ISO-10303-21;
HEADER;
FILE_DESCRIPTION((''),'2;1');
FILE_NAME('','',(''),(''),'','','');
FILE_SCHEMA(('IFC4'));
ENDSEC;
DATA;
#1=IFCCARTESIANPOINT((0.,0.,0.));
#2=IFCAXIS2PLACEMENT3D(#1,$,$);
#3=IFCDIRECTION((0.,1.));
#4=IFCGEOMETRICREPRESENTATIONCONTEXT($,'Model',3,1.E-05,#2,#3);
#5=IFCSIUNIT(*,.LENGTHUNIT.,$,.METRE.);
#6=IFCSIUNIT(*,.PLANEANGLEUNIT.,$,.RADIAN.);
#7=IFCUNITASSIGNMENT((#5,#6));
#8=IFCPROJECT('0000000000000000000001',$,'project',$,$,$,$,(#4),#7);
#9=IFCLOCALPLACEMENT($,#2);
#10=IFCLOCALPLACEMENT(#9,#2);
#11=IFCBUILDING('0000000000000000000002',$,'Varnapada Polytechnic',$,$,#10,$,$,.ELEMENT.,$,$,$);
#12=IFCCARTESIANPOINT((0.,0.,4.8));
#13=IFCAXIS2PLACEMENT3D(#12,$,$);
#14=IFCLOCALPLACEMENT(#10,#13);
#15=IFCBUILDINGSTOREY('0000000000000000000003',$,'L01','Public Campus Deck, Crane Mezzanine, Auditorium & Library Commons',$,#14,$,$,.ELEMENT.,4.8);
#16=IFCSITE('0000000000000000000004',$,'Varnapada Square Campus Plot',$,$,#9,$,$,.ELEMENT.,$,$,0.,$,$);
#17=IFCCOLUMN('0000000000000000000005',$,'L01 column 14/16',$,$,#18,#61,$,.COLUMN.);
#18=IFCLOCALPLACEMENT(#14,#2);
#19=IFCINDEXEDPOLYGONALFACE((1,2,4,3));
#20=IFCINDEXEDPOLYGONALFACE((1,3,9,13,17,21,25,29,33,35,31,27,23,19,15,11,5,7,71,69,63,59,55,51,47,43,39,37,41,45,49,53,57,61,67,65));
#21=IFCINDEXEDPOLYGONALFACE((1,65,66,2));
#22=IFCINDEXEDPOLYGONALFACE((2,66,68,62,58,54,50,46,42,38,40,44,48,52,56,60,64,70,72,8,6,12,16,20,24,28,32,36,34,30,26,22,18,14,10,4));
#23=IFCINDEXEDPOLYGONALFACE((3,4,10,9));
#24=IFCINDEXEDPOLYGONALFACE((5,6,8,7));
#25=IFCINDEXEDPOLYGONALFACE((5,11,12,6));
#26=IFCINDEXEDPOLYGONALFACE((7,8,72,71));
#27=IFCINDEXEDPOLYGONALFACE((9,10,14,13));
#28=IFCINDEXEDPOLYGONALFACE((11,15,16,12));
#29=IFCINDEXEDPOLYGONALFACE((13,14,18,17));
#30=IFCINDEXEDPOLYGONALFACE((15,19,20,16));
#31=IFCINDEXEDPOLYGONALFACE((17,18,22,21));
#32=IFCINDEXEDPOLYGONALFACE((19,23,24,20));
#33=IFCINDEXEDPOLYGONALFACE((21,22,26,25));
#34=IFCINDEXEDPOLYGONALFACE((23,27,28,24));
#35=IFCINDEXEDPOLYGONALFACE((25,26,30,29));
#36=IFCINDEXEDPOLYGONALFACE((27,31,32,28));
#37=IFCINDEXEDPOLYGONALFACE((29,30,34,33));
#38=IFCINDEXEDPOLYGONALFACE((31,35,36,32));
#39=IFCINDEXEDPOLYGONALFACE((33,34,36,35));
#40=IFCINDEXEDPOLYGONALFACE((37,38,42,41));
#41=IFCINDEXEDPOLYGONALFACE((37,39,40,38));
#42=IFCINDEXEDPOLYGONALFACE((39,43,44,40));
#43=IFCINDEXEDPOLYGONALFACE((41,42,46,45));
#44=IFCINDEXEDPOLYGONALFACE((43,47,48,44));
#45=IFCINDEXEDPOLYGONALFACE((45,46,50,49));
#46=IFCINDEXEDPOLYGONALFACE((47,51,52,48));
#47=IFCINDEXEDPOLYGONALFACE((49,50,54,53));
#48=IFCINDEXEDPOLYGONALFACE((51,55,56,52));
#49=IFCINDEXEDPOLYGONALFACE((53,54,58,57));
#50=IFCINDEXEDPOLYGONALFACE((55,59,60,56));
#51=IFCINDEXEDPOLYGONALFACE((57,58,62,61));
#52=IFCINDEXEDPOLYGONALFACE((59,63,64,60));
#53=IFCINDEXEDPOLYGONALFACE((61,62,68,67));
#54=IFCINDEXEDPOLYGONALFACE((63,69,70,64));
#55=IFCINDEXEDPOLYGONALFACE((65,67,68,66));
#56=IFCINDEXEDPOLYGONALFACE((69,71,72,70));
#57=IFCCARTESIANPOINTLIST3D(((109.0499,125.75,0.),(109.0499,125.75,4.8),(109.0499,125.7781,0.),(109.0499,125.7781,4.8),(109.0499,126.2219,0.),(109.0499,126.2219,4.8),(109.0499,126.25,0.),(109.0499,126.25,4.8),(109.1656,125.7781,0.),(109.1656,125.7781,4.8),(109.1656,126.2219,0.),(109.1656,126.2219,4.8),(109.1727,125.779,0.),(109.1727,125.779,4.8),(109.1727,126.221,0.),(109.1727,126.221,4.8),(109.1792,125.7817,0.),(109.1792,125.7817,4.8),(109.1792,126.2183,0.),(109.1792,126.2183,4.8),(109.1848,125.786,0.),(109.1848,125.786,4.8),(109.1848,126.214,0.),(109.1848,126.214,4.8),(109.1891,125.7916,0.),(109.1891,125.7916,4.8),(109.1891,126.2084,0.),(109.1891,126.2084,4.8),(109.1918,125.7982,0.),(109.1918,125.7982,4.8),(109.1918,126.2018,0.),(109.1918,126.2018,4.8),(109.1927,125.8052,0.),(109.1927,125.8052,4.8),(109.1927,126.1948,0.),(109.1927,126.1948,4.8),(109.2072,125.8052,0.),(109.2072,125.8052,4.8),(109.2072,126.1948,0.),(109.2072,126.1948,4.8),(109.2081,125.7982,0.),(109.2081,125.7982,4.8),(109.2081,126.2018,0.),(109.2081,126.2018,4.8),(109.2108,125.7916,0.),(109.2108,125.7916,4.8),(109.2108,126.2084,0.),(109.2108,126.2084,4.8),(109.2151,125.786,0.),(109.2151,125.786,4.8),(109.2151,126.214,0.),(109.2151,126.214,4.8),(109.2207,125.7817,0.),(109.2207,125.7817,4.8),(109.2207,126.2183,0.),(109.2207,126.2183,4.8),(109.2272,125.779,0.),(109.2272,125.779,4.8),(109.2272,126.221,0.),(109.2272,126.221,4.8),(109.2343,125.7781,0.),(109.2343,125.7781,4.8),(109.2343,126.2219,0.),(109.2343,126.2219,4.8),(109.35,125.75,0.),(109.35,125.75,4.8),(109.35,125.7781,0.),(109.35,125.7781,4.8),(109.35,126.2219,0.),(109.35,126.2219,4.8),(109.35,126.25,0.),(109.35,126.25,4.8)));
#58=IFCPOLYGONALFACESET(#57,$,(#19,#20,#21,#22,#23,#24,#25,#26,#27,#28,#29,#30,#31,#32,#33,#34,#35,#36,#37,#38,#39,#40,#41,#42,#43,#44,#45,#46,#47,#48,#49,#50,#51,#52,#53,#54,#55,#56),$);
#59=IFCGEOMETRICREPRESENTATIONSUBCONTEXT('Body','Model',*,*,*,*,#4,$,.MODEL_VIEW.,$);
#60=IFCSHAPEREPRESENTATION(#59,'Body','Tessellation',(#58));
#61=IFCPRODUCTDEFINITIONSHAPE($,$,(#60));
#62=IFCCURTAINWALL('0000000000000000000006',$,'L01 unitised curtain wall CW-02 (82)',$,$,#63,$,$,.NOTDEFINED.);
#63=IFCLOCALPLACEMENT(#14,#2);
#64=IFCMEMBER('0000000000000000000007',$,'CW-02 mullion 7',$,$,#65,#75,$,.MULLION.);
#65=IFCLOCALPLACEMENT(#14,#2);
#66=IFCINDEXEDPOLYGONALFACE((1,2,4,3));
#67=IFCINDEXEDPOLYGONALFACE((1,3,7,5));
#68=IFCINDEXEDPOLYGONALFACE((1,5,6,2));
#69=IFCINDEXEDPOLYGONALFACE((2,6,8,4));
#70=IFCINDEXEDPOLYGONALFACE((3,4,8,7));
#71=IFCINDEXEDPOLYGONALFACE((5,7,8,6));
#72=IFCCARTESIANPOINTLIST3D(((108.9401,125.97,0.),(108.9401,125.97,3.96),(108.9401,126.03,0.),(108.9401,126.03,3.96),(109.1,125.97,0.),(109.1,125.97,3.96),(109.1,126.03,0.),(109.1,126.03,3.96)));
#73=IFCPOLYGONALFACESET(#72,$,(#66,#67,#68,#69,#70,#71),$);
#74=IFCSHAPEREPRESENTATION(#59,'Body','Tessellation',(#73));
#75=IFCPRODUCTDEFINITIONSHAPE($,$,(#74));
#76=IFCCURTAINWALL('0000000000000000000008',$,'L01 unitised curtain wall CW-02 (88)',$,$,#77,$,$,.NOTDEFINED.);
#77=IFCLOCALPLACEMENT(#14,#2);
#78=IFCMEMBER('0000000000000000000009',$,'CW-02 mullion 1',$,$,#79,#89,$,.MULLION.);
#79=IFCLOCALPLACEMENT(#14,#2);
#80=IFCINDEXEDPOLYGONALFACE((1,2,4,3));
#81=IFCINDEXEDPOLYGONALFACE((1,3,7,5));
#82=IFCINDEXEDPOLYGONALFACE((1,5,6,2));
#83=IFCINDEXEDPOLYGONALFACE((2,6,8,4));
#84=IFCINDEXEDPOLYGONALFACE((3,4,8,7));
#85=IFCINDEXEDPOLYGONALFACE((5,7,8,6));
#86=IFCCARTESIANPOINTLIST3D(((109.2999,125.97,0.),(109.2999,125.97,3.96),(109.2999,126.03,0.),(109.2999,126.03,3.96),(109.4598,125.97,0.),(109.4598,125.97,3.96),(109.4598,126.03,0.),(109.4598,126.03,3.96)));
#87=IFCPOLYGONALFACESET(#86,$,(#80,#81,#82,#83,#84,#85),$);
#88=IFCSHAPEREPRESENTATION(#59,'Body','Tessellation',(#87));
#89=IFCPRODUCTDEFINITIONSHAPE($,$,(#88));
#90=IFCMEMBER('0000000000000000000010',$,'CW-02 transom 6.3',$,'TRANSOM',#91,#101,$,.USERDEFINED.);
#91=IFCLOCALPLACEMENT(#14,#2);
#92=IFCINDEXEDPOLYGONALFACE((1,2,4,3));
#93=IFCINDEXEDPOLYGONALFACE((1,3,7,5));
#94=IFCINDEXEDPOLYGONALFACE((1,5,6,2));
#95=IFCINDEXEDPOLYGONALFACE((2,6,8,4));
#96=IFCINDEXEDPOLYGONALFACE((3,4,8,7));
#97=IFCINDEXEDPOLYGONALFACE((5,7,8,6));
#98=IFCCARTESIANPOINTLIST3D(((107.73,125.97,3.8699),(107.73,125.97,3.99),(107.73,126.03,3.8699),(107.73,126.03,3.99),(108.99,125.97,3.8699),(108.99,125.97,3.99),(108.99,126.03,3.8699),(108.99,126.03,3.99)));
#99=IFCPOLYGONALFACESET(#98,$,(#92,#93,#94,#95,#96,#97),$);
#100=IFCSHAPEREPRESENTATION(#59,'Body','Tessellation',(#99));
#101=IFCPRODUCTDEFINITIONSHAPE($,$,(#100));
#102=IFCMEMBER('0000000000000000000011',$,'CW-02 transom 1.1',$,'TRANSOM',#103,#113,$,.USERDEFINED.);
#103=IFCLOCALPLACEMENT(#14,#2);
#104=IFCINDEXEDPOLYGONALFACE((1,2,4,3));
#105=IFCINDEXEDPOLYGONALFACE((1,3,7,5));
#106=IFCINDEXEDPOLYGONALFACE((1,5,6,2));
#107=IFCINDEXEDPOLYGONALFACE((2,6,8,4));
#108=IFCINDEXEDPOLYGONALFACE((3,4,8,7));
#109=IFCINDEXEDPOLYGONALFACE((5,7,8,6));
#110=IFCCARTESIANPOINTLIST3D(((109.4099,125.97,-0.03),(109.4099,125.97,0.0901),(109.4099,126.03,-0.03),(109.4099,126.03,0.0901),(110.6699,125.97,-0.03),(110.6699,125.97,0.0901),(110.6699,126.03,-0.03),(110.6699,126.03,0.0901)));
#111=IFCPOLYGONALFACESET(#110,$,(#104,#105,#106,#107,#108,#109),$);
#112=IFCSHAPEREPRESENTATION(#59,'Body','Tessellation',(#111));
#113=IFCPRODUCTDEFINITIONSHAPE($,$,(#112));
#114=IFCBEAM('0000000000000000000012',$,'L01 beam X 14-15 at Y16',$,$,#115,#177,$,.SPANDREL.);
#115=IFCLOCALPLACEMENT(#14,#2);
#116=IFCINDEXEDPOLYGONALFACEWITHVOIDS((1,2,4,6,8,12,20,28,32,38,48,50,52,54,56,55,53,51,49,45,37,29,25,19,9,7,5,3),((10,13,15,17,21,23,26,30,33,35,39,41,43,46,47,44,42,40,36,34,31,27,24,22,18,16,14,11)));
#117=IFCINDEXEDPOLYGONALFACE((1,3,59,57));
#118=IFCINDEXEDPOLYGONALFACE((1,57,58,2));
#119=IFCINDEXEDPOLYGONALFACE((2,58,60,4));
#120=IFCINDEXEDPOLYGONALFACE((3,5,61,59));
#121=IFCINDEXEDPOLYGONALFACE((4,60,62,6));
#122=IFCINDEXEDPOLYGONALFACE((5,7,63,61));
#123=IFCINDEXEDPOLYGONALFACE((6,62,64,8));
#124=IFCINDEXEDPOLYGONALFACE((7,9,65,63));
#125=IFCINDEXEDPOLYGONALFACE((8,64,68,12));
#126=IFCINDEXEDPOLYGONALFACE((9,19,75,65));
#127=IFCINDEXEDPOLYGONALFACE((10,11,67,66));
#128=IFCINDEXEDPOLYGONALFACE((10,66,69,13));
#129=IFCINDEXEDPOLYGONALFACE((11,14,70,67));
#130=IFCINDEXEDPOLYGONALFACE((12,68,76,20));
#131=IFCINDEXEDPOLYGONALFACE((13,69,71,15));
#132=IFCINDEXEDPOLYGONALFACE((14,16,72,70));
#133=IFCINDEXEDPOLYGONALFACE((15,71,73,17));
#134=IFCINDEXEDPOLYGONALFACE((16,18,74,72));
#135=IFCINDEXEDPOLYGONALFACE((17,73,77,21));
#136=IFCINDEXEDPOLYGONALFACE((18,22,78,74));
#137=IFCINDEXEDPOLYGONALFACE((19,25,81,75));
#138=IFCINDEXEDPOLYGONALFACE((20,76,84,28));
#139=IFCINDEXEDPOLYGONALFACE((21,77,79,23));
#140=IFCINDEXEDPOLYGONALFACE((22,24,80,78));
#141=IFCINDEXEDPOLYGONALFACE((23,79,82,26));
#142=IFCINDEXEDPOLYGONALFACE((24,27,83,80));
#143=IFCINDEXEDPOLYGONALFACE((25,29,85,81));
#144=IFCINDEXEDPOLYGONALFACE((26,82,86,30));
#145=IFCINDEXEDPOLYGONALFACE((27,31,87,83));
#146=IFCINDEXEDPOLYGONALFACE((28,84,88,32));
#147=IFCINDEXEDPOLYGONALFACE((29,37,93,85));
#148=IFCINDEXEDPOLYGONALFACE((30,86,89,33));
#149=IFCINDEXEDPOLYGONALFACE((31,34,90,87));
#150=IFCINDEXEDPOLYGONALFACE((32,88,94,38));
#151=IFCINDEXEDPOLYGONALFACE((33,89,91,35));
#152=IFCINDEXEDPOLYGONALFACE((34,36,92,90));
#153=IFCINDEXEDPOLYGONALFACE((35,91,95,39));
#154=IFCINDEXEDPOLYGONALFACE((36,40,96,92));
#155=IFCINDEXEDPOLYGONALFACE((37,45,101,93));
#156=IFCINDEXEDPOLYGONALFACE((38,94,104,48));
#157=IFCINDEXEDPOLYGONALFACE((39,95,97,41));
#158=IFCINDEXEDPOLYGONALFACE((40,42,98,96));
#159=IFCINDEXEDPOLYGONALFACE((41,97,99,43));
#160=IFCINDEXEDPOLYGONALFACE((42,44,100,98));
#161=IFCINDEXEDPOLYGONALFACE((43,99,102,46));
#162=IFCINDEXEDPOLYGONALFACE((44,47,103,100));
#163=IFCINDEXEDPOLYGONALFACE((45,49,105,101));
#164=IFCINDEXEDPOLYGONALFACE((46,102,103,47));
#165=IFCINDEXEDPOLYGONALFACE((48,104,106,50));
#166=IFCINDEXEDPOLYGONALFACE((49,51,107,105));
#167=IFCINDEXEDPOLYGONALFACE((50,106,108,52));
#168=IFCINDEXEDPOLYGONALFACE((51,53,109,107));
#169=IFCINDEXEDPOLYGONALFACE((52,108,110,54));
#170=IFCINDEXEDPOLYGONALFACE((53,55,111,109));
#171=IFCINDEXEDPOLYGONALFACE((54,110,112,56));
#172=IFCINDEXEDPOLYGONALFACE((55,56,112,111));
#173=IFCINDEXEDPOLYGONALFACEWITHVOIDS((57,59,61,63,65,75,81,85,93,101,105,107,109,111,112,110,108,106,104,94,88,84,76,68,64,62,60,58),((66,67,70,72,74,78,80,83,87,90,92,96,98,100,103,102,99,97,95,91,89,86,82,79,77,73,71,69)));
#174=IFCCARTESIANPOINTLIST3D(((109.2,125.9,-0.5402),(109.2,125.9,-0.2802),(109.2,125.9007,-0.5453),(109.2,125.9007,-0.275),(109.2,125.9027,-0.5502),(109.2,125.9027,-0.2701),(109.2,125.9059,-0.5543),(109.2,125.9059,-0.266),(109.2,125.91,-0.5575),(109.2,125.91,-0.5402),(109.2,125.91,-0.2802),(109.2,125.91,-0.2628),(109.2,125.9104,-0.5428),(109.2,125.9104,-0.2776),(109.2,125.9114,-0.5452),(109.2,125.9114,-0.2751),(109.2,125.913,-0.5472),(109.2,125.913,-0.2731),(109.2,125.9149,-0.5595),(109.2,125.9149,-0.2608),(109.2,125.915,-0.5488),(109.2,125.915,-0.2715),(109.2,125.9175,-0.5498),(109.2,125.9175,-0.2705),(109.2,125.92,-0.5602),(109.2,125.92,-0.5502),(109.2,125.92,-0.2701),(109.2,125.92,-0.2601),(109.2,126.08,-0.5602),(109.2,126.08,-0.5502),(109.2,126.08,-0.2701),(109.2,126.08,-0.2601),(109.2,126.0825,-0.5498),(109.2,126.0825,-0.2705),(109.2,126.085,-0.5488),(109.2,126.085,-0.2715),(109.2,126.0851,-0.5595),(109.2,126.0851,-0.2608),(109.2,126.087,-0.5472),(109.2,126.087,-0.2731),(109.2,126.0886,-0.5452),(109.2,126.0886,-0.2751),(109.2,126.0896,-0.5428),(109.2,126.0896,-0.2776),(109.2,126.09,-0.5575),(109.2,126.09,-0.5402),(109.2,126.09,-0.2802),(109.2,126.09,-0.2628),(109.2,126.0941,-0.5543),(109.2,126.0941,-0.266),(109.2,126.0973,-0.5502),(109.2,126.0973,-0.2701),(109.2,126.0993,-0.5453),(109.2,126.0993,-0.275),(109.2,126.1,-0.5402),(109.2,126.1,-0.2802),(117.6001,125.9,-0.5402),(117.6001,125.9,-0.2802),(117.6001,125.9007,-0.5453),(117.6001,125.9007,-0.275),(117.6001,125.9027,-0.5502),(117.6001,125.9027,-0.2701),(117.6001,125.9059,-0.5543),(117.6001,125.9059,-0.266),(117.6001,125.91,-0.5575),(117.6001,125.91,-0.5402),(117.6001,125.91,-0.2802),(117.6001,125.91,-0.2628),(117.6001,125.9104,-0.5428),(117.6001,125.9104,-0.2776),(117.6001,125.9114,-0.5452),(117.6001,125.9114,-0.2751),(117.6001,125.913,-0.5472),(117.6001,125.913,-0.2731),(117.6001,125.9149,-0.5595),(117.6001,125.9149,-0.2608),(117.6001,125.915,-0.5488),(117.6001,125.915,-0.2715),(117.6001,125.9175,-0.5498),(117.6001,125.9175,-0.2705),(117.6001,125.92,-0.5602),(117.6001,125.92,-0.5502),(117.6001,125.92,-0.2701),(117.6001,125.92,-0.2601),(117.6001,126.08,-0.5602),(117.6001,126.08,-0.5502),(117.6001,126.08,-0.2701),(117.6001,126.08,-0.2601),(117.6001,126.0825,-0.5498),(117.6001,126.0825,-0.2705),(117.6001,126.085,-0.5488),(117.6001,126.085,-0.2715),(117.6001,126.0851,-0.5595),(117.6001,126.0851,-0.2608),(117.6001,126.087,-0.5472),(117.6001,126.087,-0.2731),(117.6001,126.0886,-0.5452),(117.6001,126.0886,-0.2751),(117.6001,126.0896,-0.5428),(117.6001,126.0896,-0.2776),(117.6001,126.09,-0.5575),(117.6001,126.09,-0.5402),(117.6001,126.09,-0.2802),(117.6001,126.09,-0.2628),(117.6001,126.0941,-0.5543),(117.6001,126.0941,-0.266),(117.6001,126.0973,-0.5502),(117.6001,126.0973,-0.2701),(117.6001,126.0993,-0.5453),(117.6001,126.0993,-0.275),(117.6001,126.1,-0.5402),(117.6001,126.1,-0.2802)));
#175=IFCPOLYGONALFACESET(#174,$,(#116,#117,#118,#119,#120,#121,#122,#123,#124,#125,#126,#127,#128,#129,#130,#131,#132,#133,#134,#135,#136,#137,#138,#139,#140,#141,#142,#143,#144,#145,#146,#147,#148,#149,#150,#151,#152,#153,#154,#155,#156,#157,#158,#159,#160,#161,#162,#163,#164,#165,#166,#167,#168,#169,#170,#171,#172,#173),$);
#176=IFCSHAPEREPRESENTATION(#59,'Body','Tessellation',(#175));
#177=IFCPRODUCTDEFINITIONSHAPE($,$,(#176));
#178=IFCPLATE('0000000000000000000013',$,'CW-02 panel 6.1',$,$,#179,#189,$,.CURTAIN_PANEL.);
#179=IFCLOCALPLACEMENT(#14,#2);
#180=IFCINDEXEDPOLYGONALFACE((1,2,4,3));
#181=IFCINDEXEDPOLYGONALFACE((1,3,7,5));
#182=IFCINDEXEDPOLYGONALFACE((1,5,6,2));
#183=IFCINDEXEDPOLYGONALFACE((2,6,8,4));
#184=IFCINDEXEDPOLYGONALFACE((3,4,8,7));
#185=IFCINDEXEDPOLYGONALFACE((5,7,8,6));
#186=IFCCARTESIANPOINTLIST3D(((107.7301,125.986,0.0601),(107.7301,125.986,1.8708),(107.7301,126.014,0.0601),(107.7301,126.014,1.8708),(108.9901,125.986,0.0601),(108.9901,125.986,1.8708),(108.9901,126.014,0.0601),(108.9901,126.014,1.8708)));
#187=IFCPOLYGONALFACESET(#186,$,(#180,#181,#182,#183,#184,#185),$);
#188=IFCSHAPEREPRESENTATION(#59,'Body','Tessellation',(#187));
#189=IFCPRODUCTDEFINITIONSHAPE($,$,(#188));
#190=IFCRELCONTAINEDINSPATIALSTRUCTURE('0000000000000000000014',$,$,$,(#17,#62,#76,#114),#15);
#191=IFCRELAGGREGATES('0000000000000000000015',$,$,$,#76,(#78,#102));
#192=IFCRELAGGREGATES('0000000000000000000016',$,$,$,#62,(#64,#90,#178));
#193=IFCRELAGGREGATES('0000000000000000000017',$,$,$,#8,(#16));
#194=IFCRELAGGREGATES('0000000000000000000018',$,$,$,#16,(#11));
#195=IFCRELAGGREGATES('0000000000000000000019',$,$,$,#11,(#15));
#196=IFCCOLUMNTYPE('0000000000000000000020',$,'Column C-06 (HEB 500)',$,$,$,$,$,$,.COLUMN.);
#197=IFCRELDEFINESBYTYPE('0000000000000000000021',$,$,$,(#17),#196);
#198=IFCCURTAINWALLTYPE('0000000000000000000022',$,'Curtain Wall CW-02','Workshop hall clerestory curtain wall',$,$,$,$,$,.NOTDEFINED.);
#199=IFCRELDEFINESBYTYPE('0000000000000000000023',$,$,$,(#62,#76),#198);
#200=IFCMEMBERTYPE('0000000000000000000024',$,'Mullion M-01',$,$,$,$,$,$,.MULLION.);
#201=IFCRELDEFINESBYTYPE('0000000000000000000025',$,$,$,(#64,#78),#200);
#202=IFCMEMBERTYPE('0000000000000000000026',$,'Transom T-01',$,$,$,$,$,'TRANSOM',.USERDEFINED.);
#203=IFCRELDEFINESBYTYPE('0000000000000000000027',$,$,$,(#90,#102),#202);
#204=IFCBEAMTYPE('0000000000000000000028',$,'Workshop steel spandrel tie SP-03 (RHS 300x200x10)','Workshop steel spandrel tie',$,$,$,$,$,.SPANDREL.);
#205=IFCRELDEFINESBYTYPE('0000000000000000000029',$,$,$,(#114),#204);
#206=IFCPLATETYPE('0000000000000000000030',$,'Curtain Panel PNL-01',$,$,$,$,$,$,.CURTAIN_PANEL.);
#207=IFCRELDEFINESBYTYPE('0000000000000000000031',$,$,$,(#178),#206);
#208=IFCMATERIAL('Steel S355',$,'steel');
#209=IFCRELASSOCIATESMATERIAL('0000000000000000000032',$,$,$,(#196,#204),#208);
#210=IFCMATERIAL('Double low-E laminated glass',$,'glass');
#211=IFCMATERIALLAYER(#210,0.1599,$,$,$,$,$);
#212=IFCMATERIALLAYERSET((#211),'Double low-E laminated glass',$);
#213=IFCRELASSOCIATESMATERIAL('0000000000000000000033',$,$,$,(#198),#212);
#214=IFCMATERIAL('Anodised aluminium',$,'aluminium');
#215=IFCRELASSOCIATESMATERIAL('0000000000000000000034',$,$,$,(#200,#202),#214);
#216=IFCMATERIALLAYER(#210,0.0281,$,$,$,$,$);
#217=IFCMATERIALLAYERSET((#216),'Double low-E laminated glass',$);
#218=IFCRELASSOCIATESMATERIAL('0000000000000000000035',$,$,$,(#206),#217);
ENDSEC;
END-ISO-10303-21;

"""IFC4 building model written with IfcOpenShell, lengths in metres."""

from ifc_helpers import new_model, si_unit, direction, frame, origin, origin_2d, place, context, subcontext, project, spatial, rectangle, hollow_rectangle, i_section, extrude, material, layer, layer_set, material_profile, profile_set, type_object, element, aggregate, save


model = new_model("IFC4")

# Units and contexts
model_context = context("Model", 3, precision=1e-05, world=origin(), true_north=direction((0.0, 1.0)))
body_context = subcontext(model_context, "Body", "Model", "MODEL_VIEW")
ifc_project = project(units=[si_unit("LENGTHUNIT", "METRE"), si_unit("PLANEANGLEUNIT", "RADIAN")], contexts=[model_context])

# Site, building, storey
site_placement = place(None, origin())
site = spatial("IfcSite", under=ifc_project, at=site_placement, Name="Varnapada Square Campus Plot", CompositionType="ELEMENT", RefElevation=0.0)
building_placement = place(site_placement, origin())
building = spatial("IfcBuilding", under=site, at=building_placement, Name="Varnapada Polytechnic", CompositionType="ELEMENT")
storey_placement = place(building_placement, frame((0.0, 0.0, 4.8)))
storey = spatial("IfcBuildingStorey", under=building, at=storey_placement, Name="L01", Description="Public Campus Deck, Crane Mezzanine, Auditorium & Library Commons", CompositionType="ELEMENT", Elevation=4.8)

# Column
ifc_material_1 = material(Name="Steel S355", Category="steel")
ifc_material_profile_1 = material_profile(ifc_material_1, i_section(OverallWidth=0.3, OverallDepth=0.5, WebThickness=0.0144, FlangeThickness=0.0281, FilletRadius=0.0271, at=origin_2d()), Name="HEB 500")
ifc_profile_set_1 = profile_set([ifc_material_profile_1], Name="Steel S355")
column_type = type_object("IfcColumnType", Name="Column C-06 (HEB 500)", PredefinedType="COLUMN", material=ifc_profile_set_1)
column_placement = place(storey_placement, frame((109.2, 126.0, 0.0), z_axis=(0.0, 0.0, 1.0), x_axis=(1.0, 0.0, 0.0)))
element("IfcColumn", 1, at=column_placement, inside=storey, type_object=column_type, Name="L01 column 14/16", PredefinedType="COLUMN", context=body_context, shape_type="SweptSolid", body=[
    extrude(i_section(OverallWidth=0.3, OverallDepth=0.5, WebThickness=0.0144, FlangeThickness=0.0281, FilletRadius=0.0271, at=origin_2d()), origin(), (0.0, 0.0, 1.0), 4.8),
])

# Curtain walls, members
ifc_material_2 = material(Name="Double low-E laminated glass", Category="glass")
ifc_layer_1 = layer(ifc_material_2, 0.1599)
ifc_layer_set_1 = layer_set([ifc_layer_1], Name="Double low-E laminated glass")
curtain_wall_type = type_object("IfcCurtainWallType", Name="Curtain Wall CW-02", Description="Workshop hall clerestory curtain wall", PredefinedType="NOTDEFINED", material=ifc_layer_set_1)
curtain_wall_1_placement = place(storey_placement, origin())
curtain_wall_1 = element("IfcCurtainWall", 2, at=curtain_wall_1_placement, inside=storey, type_object=curtain_wall_type, Name="L01 unitised curtain wall CW-02 (82)", PredefinedType="NOTDEFINED")
ifc_material_3 = material(Name="Anodised aluminium", Category="aluminium")
ifc_material_profile_2 = material_profile(ifc_material_3, rectangle(XDim=0.0601, YDim=0.1599, at=origin_2d()), Name="ALU M60x160")
ifc_profile_set_2 = profile_set([ifc_material_profile_2], Name="Anodised aluminium")
member_type_1 = type_object("IfcMemberType", Name="Mullion M-01", PredefinedType="MULLION", material=ifc_profile_set_2)
member_1_placement = place(storey_placement, frame((109.02, 126.0, 0.0), z_axis=(0.0, 0.0, 1.0), x_axis=(0.0, 1.0, 0.0)))
member_1 = element("IfcMember", 3, at=member_1_placement, type_object=member_type_1, Name="CW-02 mullion 7", PredefinedType="MULLION", context=body_context, shape_type="SweptSolid", body=[
    extrude(rectangle(XDim=0.0601, YDim=0.1599, at=origin_2d()), origin(), (0.0, 0.0, 1.0), 3.96),
])
curtain_wall_2_placement = place(storey_placement, origin())
curtain_wall_2 = element("IfcCurtainWall", 4, at=curtain_wall_2_placement, inside=storey, type_object=curtain_wall_type, Name="L01 unitised curtain wall CW-02 (88)", PredefinedType="NOTDEFINED")
member_2_placement = place(storey_placement, frame((109.3799, 126.0, 0.0), z_axis=(0.0, 0.0, 1.0), x_axis=(0.0, 1.0, 0.0)))
member_2 = element("IfcMember", 5, at=member_2_placement, type_object=member_type_1, Name="CW-02 mullion 1", PredefinedType="MULLION", context=body_context, shape_type="SweptSolid", body=[
    extrude(rectangle(XDim=0.0601, YDim=0.1599, at=origin_2d()), origin(), (0.0, 0.0, 1.0), 3.96),
])

# Members
ifc_material_profile_3 = material_profile(ifc_material_3, rectangle(XDim=0.0601, YDim=0.1201, at=origin_2d()), Name="ALU T60x120")
ifc_profile_set_3 = profile_set([ifc_material_profile_3], Name="Anodised aluminium")
member_type_2 = type_object("IfcMemberType", Name="Transom T-01", ElementType="TRANSOM", PredefinedType="USERDEFINED", material=ifc_profile_set_3)
member_3_placement = place(storey_placement, frame((107.73, 126.0, 3.9299), z_axis=(1.0, 0.0, 0.0), x_axis=(0.0, 1.0, 0.0)))
member_3 = element("IfcMember", 6, at=member_3_placement, type_object=member_type_2, Name="CW-02 transom 6.3", ObjectType="TRANSOM", PredefinedType="USERDEFINED", context=body_context, shape_type="SweptSolid", body=[
    extrude(rectangle(XDim=0.0601, YDim=0.1201, at=origin_2d()), origin(), (0.0, 0.0, 1.0), 1.26),
])
member_4_placement = place(storey_placement, frame((109.4099, 126.0, 0.03), z_axis=(1.0, 0.0, 0.0), x_axis=(0.0, 1.0, 0.0)))
member_4 = element("IfcMember", 7, at=member_4_placement, type_object=member_type_2, Name="CW-02 transom 1.1", ObjectType="TRANSOM", PredefinedType="USERDEFINED", context=body_context, shape_type="SweptSolid", body=[
    extrude(rectangle(XDim=0.0601, YDim=0.1201, at=origin_2d()), origin(), (0.0, 0.0, 1.0), 1.26),
])
aggregate(curtain_wall_2, [member_2, member_4])

# Beam
ifc_material_profile_4 = material_profile(ifc_material_1, hollow_rectangle(XDim=0.2, YDim=0.3, WallThickness=0.01, InnerFilletRadius=0.01, OuterFilletRadius=0.02, at=origin_2d()), Name="RHS 300x200x10")
ifc_profile_set_4 = profile_set([ifc_material_profile_4], Name="Steel S355")
beam_type = type_object("IfcBeamType", Name="Workshop steel spandrel tie SP-03 (RHS 300x200x10)", Description="Workshop steel spandrel tie", PredefinedType="SPANDREL", material=ifc_profile_set_4)
beam_placement = place(storey_placement, frame((109.2, 126.0, -0.4102), z_axis=(1.0, 0.0, 0.0), x_axis=(0.0, 1.0, 0.0)))
element("IfcBeam", 8, at=beam_placement, inside=storey, type_object=beam_type, Name="L01 beam X 14-15 at Y16", PredefinedType="SPANDREL", context=body_context, shape_type="SweptSolid", body=[
    extrude(hollow_rectangle(XDim=0.2, YDim=0.3, WallThickness=0.01, InnerFilletRadius=0.01, OuterFilletRadius=0.02, at=origin_2d()), origin(), (0.0, 0.0, 1.0), 8.4001),
])

# Plate
ifc_layer_2 = layer(ifc_material_2, 0.0281)
ifc_layer_set_2 = layer_set([ifc_layer_2], Name="Double low-E laminated glass")
plate_type_1 = type_object("IfcPlateType", Name="Curtain Panel PNL-01", PredefinedType="CURTAIN_PANEL", material=ifc_layer_set_2)
plate_1_placement = place(storey_placement, frame((108.3601, 126.0, 0.0601), z_axis=(0.0, 0.0, 1.0), x_axis=(1.0, 0.0, 0.0)))
plate_1 = element("IfcPlate", 9, at=plate_1_placement, type_object=plate_type_1, Name="CW-02 panel 6.1", PredefinedType="CURTAIN_PANEL", context=body_context, shape_type="SweptSolid", body=[
    extrude(rectangle(XDim=1.26, YDim=0.0281, at=origin_2d()), origin(), (0.0, 0.0, 1.0), 1.8108),
])
aggregate(curtain_wall_1, [member_1, member_3, plate_1])

save(model, "model.ifc")
